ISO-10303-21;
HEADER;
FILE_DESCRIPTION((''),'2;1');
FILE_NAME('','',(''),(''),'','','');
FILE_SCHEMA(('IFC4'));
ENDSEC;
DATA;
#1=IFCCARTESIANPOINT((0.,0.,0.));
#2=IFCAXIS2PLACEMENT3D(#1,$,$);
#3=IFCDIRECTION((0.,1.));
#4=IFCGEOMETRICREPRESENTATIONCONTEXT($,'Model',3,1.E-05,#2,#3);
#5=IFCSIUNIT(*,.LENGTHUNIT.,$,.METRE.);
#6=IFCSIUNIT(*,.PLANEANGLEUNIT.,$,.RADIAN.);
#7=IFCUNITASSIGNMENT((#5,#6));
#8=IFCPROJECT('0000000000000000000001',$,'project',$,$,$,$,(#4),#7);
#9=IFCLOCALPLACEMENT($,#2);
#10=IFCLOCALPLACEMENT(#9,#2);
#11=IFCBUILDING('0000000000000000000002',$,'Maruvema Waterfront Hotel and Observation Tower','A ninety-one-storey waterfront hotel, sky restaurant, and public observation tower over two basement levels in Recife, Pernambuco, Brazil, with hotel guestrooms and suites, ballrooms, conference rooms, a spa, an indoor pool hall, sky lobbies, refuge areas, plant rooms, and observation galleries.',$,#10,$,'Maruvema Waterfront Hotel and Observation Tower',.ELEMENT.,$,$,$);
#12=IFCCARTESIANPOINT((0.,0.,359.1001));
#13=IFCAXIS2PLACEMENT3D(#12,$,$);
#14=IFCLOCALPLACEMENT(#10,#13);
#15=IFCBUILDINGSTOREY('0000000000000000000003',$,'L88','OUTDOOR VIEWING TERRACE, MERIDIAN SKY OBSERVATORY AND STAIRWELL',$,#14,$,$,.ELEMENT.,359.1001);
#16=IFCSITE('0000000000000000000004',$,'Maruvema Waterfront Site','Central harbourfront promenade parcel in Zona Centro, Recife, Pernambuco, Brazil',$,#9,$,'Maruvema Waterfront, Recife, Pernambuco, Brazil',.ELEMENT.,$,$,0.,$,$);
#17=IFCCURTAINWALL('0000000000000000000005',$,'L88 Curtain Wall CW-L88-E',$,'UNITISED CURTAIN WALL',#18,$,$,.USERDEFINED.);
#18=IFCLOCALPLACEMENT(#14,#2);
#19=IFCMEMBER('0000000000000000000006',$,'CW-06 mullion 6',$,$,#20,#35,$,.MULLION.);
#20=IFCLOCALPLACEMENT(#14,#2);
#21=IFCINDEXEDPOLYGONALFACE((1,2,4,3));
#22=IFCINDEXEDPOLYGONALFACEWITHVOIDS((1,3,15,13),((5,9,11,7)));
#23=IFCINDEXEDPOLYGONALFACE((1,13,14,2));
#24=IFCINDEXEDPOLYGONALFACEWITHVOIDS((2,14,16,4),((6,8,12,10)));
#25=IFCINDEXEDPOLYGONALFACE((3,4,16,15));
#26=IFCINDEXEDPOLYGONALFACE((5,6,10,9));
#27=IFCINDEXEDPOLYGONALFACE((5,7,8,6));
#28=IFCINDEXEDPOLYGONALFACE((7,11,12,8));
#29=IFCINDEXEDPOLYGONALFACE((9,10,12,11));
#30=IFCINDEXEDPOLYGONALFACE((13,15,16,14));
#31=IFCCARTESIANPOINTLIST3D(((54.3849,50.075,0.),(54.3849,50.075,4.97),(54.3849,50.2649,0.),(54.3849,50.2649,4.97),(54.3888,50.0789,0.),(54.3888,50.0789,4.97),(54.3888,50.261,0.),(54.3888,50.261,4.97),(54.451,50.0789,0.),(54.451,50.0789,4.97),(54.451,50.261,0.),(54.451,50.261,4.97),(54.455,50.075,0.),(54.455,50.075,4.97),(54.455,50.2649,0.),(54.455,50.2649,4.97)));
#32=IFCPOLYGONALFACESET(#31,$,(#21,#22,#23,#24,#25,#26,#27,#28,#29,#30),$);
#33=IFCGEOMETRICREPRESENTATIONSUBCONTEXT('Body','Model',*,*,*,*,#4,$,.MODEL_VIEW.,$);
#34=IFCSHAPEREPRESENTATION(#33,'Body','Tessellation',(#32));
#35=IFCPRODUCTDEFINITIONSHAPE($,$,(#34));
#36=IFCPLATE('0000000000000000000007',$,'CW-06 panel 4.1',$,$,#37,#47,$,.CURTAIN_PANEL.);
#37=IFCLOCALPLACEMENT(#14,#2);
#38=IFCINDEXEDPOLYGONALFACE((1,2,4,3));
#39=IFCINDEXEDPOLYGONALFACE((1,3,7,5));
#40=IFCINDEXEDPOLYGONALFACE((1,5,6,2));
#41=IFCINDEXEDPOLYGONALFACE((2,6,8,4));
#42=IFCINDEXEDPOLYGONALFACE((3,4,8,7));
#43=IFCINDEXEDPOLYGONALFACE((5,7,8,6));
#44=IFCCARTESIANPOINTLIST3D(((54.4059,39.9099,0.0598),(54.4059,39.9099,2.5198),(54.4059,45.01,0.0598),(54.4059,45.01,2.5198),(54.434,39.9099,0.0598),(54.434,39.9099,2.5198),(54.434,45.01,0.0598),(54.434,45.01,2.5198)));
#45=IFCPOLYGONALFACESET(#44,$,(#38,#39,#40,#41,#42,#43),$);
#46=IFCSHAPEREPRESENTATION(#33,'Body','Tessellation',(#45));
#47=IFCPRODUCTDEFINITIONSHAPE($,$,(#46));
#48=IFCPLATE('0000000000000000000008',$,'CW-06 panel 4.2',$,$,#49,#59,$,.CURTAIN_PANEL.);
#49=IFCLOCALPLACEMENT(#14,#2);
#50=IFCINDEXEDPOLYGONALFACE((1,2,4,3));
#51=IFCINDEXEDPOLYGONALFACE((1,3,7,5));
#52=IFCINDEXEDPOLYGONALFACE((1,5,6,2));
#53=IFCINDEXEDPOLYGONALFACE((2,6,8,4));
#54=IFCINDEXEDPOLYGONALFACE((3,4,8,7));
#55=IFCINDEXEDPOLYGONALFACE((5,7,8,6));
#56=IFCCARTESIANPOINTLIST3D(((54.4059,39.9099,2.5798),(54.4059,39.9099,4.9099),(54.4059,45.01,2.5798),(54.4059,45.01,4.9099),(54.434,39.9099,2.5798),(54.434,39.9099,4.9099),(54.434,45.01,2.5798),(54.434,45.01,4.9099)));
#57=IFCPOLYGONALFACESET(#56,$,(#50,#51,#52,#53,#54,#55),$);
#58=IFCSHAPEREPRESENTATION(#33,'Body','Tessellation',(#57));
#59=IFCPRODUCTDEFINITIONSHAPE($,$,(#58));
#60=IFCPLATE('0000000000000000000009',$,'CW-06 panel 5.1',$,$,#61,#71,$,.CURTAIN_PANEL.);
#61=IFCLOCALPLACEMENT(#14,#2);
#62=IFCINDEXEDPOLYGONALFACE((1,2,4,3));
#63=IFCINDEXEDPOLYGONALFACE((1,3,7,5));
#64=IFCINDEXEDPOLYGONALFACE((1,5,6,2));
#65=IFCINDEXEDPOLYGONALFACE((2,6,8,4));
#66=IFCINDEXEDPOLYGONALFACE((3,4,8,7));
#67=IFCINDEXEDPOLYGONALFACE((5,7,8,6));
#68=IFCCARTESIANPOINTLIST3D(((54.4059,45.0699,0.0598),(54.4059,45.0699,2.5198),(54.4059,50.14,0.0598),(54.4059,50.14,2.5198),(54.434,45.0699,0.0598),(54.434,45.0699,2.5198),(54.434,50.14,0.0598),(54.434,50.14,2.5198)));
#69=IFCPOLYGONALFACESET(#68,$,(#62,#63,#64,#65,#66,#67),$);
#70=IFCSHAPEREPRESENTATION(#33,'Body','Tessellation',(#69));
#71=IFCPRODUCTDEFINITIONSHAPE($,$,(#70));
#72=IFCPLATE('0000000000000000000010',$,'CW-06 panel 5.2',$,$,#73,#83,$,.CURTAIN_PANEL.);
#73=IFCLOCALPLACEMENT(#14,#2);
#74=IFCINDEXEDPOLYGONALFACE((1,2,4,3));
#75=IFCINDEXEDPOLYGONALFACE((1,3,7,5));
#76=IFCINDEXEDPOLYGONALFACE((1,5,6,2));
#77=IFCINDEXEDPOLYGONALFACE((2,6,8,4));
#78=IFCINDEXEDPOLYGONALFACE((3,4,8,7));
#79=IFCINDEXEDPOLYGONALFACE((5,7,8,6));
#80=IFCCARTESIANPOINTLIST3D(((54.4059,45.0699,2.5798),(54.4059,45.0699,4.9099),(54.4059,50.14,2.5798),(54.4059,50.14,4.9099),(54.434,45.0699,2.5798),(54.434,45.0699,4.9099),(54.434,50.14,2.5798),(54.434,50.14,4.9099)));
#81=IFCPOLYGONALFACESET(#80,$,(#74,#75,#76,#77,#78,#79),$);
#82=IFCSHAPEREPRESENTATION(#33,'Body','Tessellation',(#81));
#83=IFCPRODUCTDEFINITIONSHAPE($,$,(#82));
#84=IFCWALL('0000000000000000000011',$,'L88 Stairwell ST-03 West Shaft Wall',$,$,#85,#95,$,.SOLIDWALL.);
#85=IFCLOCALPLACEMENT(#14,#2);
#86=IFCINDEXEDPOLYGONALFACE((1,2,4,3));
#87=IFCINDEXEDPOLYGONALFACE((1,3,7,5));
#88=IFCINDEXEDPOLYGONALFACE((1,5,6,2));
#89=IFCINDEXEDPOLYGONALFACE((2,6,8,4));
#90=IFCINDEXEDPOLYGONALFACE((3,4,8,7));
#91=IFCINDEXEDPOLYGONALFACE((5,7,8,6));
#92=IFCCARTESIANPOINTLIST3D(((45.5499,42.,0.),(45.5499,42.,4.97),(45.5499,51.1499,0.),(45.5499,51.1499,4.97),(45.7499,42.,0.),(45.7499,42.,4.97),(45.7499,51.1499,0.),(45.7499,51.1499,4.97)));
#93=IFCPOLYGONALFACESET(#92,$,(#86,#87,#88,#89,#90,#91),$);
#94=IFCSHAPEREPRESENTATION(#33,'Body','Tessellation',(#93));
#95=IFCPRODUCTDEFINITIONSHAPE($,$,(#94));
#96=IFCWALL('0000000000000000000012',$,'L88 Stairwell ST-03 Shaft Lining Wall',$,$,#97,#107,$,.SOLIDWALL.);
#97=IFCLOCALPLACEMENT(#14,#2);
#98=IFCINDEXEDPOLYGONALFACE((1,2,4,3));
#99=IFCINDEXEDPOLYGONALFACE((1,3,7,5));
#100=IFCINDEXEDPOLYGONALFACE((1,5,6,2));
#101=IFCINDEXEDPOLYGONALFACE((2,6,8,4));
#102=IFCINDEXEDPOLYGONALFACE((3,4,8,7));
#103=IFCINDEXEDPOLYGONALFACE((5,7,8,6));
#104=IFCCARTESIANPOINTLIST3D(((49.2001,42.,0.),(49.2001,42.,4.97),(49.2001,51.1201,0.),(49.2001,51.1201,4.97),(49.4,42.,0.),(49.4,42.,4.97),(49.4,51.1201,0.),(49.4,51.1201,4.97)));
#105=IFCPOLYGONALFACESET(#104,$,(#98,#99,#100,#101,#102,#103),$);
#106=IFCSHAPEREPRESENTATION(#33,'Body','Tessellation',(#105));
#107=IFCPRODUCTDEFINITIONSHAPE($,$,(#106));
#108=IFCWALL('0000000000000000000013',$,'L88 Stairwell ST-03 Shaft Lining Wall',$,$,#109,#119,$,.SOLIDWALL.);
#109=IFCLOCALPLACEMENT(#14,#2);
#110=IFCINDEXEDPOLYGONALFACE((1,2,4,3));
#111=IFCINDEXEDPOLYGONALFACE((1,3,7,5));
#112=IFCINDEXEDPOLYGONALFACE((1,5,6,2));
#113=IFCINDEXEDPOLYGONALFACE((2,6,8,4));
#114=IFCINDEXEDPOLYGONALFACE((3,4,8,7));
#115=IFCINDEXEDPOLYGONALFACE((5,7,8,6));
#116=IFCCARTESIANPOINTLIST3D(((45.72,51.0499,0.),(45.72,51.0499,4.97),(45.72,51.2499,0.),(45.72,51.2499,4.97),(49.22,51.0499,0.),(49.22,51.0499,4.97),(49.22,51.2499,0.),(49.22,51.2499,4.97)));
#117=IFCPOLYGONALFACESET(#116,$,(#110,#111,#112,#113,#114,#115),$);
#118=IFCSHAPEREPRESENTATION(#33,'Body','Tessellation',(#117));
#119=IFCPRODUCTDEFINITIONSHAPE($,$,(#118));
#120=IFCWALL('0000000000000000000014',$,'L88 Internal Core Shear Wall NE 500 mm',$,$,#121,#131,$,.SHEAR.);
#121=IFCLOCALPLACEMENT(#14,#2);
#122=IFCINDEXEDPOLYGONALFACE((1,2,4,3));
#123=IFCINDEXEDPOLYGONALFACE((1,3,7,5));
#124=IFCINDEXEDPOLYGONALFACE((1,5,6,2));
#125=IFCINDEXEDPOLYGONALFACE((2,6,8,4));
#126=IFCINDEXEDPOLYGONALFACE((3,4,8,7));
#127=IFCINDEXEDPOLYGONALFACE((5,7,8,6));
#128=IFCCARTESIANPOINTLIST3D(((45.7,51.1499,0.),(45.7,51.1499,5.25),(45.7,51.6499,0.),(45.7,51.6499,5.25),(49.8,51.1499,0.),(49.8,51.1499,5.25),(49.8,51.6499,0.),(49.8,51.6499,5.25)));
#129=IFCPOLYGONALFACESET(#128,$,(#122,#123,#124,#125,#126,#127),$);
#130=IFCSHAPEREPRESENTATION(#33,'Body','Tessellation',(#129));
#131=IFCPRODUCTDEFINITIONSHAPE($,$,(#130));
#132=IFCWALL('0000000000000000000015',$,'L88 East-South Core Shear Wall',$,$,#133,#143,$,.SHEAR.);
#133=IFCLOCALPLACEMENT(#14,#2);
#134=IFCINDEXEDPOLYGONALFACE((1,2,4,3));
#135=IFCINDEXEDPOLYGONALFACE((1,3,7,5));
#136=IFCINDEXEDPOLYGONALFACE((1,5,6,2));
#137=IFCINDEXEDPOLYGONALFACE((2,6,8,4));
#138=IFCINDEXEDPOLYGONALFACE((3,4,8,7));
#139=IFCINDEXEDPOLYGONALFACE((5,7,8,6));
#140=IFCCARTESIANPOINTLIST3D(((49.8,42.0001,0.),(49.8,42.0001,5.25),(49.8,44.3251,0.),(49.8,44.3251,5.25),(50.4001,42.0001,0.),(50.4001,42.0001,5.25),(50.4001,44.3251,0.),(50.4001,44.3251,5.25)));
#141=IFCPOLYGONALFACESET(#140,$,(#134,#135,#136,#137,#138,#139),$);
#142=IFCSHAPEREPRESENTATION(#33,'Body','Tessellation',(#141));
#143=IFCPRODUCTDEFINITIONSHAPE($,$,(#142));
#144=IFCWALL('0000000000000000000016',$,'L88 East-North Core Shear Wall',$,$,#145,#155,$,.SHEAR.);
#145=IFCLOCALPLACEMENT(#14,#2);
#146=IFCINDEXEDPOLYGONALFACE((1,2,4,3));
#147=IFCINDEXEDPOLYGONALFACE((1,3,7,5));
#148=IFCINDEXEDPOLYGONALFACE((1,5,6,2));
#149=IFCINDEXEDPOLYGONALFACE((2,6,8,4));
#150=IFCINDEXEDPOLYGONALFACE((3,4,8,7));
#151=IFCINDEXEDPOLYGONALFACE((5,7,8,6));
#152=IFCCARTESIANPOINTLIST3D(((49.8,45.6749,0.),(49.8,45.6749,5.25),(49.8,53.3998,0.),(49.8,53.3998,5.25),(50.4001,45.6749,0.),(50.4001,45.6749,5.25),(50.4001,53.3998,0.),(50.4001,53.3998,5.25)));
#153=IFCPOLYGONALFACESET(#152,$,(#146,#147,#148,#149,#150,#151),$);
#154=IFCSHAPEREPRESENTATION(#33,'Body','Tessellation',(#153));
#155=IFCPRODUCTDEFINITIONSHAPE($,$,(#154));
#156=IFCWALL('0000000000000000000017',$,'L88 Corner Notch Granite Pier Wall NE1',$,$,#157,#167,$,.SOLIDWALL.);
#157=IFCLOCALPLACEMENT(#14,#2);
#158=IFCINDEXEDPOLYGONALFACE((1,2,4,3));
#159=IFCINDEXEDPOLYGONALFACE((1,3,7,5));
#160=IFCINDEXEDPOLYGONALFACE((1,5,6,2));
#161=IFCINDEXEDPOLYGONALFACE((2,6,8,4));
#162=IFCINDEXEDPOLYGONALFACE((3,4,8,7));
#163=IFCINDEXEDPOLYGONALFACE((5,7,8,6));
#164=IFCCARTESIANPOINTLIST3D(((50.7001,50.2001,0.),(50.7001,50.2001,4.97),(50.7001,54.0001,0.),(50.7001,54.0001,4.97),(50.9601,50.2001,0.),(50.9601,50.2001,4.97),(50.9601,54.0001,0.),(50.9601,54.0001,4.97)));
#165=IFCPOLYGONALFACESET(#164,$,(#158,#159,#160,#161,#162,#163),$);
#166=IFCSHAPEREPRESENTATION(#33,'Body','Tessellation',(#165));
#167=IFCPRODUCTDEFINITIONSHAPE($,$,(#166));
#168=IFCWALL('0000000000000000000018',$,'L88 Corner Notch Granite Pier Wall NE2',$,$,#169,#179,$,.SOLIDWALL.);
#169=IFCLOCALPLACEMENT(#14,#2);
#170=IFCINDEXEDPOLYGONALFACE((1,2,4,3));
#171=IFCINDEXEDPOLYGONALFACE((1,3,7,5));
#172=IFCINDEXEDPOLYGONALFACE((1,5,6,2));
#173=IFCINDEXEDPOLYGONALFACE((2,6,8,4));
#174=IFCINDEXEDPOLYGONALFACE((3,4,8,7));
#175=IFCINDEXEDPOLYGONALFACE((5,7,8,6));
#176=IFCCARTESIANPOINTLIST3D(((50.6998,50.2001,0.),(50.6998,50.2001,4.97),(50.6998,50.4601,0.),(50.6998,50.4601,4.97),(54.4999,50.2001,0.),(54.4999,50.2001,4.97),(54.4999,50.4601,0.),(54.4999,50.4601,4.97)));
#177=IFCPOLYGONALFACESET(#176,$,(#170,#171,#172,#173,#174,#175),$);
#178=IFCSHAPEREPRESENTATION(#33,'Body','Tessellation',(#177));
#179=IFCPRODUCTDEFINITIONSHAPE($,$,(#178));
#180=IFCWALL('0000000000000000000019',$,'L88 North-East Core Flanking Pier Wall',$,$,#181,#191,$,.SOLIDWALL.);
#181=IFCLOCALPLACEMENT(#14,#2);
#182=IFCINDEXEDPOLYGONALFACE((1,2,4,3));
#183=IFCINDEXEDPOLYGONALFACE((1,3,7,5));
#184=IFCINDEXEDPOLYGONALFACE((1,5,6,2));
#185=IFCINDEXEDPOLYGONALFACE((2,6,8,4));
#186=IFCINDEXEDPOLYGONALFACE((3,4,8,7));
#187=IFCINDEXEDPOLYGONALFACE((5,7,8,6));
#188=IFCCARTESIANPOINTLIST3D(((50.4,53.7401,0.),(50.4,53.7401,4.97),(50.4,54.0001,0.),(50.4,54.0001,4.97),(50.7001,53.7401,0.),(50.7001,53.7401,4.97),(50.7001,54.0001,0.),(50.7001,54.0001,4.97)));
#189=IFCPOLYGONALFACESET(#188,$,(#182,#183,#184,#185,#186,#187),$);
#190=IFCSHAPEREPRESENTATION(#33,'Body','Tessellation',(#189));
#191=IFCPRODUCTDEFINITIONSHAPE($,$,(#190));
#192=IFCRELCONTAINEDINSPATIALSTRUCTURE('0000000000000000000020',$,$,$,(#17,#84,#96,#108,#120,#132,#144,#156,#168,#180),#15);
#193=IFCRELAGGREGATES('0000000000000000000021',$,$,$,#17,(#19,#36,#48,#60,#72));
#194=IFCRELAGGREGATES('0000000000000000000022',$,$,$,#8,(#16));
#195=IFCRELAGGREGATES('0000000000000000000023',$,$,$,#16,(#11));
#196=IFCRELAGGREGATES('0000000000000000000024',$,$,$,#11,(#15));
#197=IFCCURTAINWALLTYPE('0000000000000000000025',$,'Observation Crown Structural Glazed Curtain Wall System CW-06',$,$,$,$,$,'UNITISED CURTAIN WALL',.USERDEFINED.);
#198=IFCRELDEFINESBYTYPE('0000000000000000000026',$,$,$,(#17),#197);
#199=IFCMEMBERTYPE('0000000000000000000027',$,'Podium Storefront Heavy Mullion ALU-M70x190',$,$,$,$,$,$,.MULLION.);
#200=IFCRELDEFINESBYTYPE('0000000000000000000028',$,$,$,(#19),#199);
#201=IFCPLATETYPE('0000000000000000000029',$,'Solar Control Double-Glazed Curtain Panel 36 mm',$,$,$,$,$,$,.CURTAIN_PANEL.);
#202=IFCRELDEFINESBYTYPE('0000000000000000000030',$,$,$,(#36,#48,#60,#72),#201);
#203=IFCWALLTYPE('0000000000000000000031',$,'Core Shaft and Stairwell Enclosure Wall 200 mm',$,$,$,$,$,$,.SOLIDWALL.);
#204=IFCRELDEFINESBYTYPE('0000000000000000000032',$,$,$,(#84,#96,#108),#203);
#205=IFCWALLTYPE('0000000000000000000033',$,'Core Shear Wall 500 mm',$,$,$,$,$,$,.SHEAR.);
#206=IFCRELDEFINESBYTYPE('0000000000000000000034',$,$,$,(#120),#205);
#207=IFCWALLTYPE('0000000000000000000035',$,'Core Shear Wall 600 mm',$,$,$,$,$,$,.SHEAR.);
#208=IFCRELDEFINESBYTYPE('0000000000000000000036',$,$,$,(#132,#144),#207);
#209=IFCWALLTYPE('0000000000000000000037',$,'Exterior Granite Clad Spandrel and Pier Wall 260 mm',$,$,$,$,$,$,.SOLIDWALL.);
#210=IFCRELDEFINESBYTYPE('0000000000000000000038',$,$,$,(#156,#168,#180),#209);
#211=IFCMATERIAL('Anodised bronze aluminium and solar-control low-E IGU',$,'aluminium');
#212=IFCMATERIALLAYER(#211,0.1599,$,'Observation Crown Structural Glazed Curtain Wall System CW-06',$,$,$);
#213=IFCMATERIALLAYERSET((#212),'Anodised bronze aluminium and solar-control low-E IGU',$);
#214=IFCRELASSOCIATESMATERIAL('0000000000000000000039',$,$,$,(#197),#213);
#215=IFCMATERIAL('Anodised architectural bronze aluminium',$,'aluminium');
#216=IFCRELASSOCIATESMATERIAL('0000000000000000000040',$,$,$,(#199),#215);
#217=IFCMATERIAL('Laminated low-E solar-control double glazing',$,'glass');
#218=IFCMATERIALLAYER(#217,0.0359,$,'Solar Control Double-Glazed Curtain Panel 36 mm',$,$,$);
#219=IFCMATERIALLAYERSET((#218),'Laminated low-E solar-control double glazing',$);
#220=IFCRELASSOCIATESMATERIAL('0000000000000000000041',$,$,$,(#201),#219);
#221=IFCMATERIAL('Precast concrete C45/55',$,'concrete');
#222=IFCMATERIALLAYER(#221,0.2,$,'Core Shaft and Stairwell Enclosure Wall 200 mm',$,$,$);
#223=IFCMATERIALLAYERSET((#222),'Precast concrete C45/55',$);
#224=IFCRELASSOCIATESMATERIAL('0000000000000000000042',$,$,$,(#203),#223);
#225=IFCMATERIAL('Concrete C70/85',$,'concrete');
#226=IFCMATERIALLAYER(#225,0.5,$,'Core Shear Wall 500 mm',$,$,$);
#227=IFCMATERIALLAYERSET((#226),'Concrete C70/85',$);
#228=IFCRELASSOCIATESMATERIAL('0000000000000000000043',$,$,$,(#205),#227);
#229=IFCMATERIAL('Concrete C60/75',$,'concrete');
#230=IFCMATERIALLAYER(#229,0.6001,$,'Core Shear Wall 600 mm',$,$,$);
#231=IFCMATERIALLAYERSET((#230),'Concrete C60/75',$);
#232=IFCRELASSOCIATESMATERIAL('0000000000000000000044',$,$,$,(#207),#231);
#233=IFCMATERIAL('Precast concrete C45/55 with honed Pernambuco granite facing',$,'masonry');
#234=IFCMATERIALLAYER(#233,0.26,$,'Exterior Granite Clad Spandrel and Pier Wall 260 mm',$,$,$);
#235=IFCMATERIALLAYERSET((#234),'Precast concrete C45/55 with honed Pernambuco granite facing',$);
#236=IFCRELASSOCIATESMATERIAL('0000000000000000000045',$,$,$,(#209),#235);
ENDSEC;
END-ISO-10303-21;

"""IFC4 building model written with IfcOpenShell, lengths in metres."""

from ifc_helpers import new_model, si_unit, direction, frame, frame_2d, origin, origin_2d, place, context, subcontext, project, spatial, rectangle, hollow_rectangle, extrude, material, layer, layer_set, material_profile, profile_set, type_object, element, aggregate, save


model = new_model("IFC4")

# Units and contexts
model_context = context("Model", 3, precision=1e-05, world=origin(), true_north=direction((0.0, 1.0)))
body_context = subcontext(model_context, "Body", "Model", "MODEL_VIEW")
ifc_project = project(units=[si_unit("LENGTHUNIT", "METRE"), si_unit("PLANEANGLEUNIT", "RADIAN")], contexts=[model_context])

# Site, building, storey
site_placement = place(None, origin())
site = spatial("IfcSite", under=ifc_project, at=site_placement, Name="Maruvema Waterfront Site", Description="Central harbourfront promenade parcel in Zona Centro, Recife, Pernambuco, Brazil", LongName="Maruvema Waterfront, Recife, Pernambuco, Brazil", CompositionType="ELEMENT", RefElevation=0.0)
building_placement = place(site_placement, origin())
building = spatial("IfcBuilding", under=site, at=building_placement, Name="Maruvema Waterfront Hotel and Observation Tower", Description="A ninety-one-storey waterfront hotel, sky restaurant, and public observation tower over two basement levels in Recife, Pernambuco, Brazil, with hotel guestrooms and suites, ballrooms, conference rooms, a spa, an indoor pool hall, sky lobbies, refuge areas, plant rooms, and observation galleries.", LongName="Maruvema Waterfront Hotel and Observation Tower", CompositionType="ELEMENT")
storey_placement = place(building_placement, frame((0.0, 0.0, 359.1001)))
storey = spatial("IfcBuildingStorey", under=building, at=storey_placement, Name="L88", Description="OUTDOOR VIEWING TERRACE, MERIDIAN SKY OBSERVATORY AND STAIRWELL", CompositionType="ELEMENT", Elevation=359.1001)

# Curtain wall, member, plates
ifc_material_1 = material(Name="Anodised bronze aluminium and solar-control low-E IGU", Category="aluminium")
ifc_layer_1 = layer(ifc_material_1, 0.1599, Name="Observation Crown Structural Glazed Curtain Wall System CW-06")
ifc_layer_set_1 = layer_set([ifc_layer_1], Name="Anodised bronze aluminium and solar-control low-E IGU")
curtain_wall_type = type_object("IfcCurtainWallType", Name="Observation Crown Structural Glazed Curtain Wall System CW-06", ElementType="UNITISED CURTAIN WALL", PredefinedType="USERDEFINED", material=ifc_layer_set_1)
curtain_wall_placement = place(storey_placement, origin())
curtain_wall = element("IfcCurtainWall", 1, at=curtain_wall_placement, inside=storey, type_object=curtain_wall_type, Name="L88 Curtain Wall CW-L88-E", ObjectType="UNITISED CURTAIN WALL", PredefinedType="USERDEFINED")
ifc_material_2 = material(Name="Anodised architectural bronze aluminium", Category="aluminium")
ifc_material_profile_1 = material_profile(ifc_material_2, hollow_rectangle(XDim=0.0701, YDim=0.1899, WallThickness=0.0039, at=origin_2d()), Name="ALU-M70x190")
ifc_profile_set_1 = profile_set([ifc_material_profile_1], Name="Anodised architectural bronze aluminium")
member_type_1 = type_object("IfcMemberType", Name="Podium Storefront Heavy Mullion ALU-M70x190", PredefinedType="MULLION", material=ifc_profile_set_1)
member_1_placement = place(storey_placement, frame((54.4199, 50.1699, 0.0), z_axis=(0.0, 0.0, 1.0), x_axis=(-1.0, 0.0, 0.0)))
member_1 = element("IfcMember", 2, at=member_1_placement, type_object=member_type_1, Name="CW-06 mullion 6", PredefinedType="MULLION", context=body_context, shape_type="SweptSolid", body=[
    extrude(hollow_rectangle(XDim=0.0701, YDim=0.1899, WallThickness=0.0039, at=origin_2d()), origin(), (0.0, 0.0, 1.0), 4.97),
])
ifc_material_3 = material(Name="Laminated low-E solar-control double glazing", Category="glass")
ifc_layer_2 = layer(ifc_material_3, 0.0359, Name="Solar Control Double-Glazed Curtain Panel 36 mm")
ifc_layer_set_2 = layer_set([ifc_layer_2], Name="Laminated low-E solar-control double glazing")
plate_type = type_object("IfcPlateType", Name="Solar Control Double-Glazed Curtain Panel 36 mm", PredefinedType="CURTAIN_PANEL", material=ifc_layer_set_2)
plate_1_placement = place(storey_placement, frame((54.4199, 42.46, 0.0598), z_axis=(0.0, 0.0, 1.0), x_axis=(0.0, 1.0, 0.0)))
plate_1 = element("IfcPlate", 3, at=plate_1_placement, type_object=plate_type, Name="CW-06 panel 4.1", PredefinedType="CURTAIN_PANEL", context=body_context, shape_type="SweptSolid", body=[
    extrude(rectangle(XDim=5.1001, YDim=0.0281, at=origin_2d()), origin(), (0.0, 0.0, 1.0), 2.46),
])
plate_2_placement = place(storey_placement, frame((54.4199, 42.46, 2.5798), z_axis=(0.0, 0.0, 1.0), x_axis=(0.0, 1.0, 0.0)))
plate_2 = element("IfcPlate", 4, at=plate_2_placement, type_object=plate_type, Name="CW-06 panel 4.2", PredefinedType="CURTAIN_PANEL", context=body_context, shape_type="SweptSolid", body=[
    extrude(rectangle(XDim=5.1001, YDim=0.0281, at=origin_2d()), origin(), (0.0, 0.0, 1.0), 2.3301),
])
plate_3_placement = place(storey_placement, frame((54.4199, 47.605, 0.0598), z_axis=(0.0, 0.0, 1.0), x_axis=(0.0, 1.0, 0.0)))
plate_3 = element("IfcPlate", 5, at=plate_3_placement, type_object=plate_type, Name="CW-06 panel 5.1", PredefinedType="CURTAIN_PANEL", context=body_context, shape_type="SweptSolid", body=[
    extrude(rectangle(XDim=5.0701, YDim=0.0281, at=origin_2d()), origin(), (0.0, 0.0, 1.0), 2.46),
])
plate_4_placement = place(storey_placement, frame((54.4199, 47.605, 2.5798), z_axis=(0.0, 0.0, 1.0), x_axis=(0.0, 1.0, 0.0)))
plate_4 = element("IfcPlate", 6, at=plate_4_placement, type_object=plate_type, Name="CW-06 panel 5.2", PredefinedType="CURTAIN_PANEL", context=body_context, shape_type="SweptSolid", body=[
    extrude(rectangle(XDim=5.0701, YDim=0.0281, at=origin_2d()), origin(), (0.0, 0.0, 1.0), 2.3301),
])
aggregate(curtain_wall, [member_1, plate_1, plate_2, plate_3, plate_4])

# Walls
ifc_material_4 = material(Name="Precast concrete C45/55", Category="concrete")
ifc_layer_3 = layer(ifc_material_4, 0.2, Name="Core Shaft and Stairwell Enclosure Wall 200 mm")
ifc_layer_set_3 = layer_set([ifc_layer_3], Name="Precast concrete C45/55")
wall_type_1 = type_object("IfcWallType", Name="Core Shaft and Stairwell Enclosure Wall 200 mm", PredefinedType="SOLIDWALL", material=ifc_layer_set_3)
wall_1_placement = place(storey_placement, frame((45.6499, 42.0, 0.0), z_axis=(0.0, 0.0, 1.0), x_axis=(0.0, 1.0, 0.0)))
element("IfcWall", 7, at=wall_1_placement, inside=storey, type_object=wall_type_1, Name="L88 Stairwell ST-03 West Shaft Wall", PredefinedType="SOLIDWALL", context=body_context, shape_type="SweptSolid", body=[
    extrude(rectangle(XDim=9.1499, YDim=0.2, at=frame_2d((4.575, 0.0))), origin(), (0.0, 0.0, 1.0), 4.97),
])
wall_2_placement = place(storey_placement, frame((49.3, 42.0, 0.0), z_axis=(0.0, 0.0, 1.0), x_axis=(0.0, 1.0, 0.0)))
element("IfcWall", 8, at=wall_2_placement, inside=storey, type_object=wall_type_1, Name="L88 Stairwell ST-03 Shaft Lining Wall", PredefinedType="SOLIDWALL", context=body_context, shape_type="SweptSolid", body=[
    extrude(rectangle(XDim=9.1201, YDim=0.2, at=frame_2d((4.5601, 0.0))), origin(), (0.0, 0.0, 1.0), 4.97),
])
wall_3_placement = place(storey_placement, frame((45.72, 51.1499, 0.0), z_axis=(0.0, 0.0, 1.0), x_axis=(1.0, 0.0, 0.0)))
element("IfcWall", 9, at=wall_3_placement, inside=storey, type_object=wall_type_1, Name="L88 Stairwell ST-03 Shaft Lining Wall", PredefinedType="SOLIDWALL", context=body_context, shape_type="SweptSolid", body=[
    extrude(rectangle(XDim=3.5, YDim=0.2, at=frame_2d((1.75, 0.0))), origin(), (0.0, 0.0, 1.0), 4.97),
])
ifc_material_5 = material(Name="Concrete C70/85", Category="concrete")
ifc_layer_4 = layer(ifc_material_5, 0.5, Name="Core Shear Wall 500 mm")
ifc_layer_set_4 = layer_set([ifc_layer_4], Name="Concrete C70/85")
wall_type_2 = type_object("IfcWallType", Name="Core Shear Wall 500 mm", PredefinedType="SHEAR", material=ifc_layer_set_4)
wall_4_placement = place(storey_placement, frame((45.7, 51.3999, 0.0), z_axis=(0.0, 0.0, 1.0), x_axis=(1.0, 0.0, 0.0)))
element("IfcWall", 10, at=wall_4_placement, inside=storey, type_object=wall_type_2, Name="L88 Internal Core Shear Wall NE 500 mm", PredefinedType="SHEAR", context=body_context, shape_type="SweptSolid", body=[
    extrude(rectangle(XDim=4.1001, YDim=0.5, at=frame_2d((2.05, 0.0))), origin(), (0.0, 0.0, 1.0), 5.25),
])
ifc_material_6 = material(Name="Concrete C60/75", Category="concrete")
ifc_layer_5 = layer(ifc_material_6, 0.6001, Name="Core Shear Wall 600 mm")
ifc_layer_set_5 = layer_set([ifc_layer_5], Name="Concrete C60/75")
wall_type_3 = type_object("IfcWallType", Name="Core Shear Wall 600 mm", PredefinedType="SHEAR", material=ifc_layer_set_5)
wall_5_placement = place(storey_placement, frame((50.1001, 42.0, 0.0), z_axis=(0.0, 0.0, 1.0), x_axis=(0.0, 1.0, 0.0)))
element("IfcWall", 11, at=wall_5_placement, inside=storey, type_object=wall_type_3, Name="L88 East-South Core Shear Wall", PredefinedType="SHEAR", context=body_context, shape_type="SweptSolid", body=[
    extrude(rectangle(XDim=2.325, YDim=0.6001, at=frame_2d((1.1626, 0.0))), origin(), (0.0, 0.0, 1.0), 5.25),
])
wall_6_placement = place(storey_placement, frame((50.1001, 45.675, 0.0), z_axis=(0.0, 0.0, 1.0), x_axis=(0.0, 1.0, 0.0)))
element("IfcWall", 12, at=wall_6_placement, inside=storey, type_object=wall_type_3, Name="L88 East-North Core Shear Wall", PredefinedType="SHEAR", context=body_context, shape_type="SweptSolid", body=[
    extrude(rectangle(XDim=7.7249, YDim=0.6001, at=frame_2d((3.8623, 0.0))), origin(), (0.0, 0.0, 1.0), 5.25),
])
ifc_material_7 = material(Name="Precast concrete C45/55 with honed Pernambuco granite facing", Category="masonry")
ifc_layer_6 = layer(ifc_material_7, 0.26, Name="Exterior Granite Clad Spandrel and Pier Wall 260 mm")
ifc_layer_set_6 = layer_set([ifc_layer_6], Name="Precast concrete C45/55 with honed Pernambuco granite facing")
wall_type_4 = type_object("IfcWallType", Name="Exterior Granite Clad Spandrel and Pier Wall 260 mm", PredefinedType="SOLIDWALL", material=ifc_layer_set_6)
for number, where, z_axis, x_axis, name in (
    (13, (50.8301, 54.0, 0.0), (0.0, 0.0, 1.0), (0.0, -1.0, 0.0), "L88 Corner Notch Granite Pier Wall NE1"),
    (14, (50.7, 50.3301, 0.0), (0.0, 0.0, 1.0), (1.0, 0.0, 0.0), "L88 Corner Notch Granite Pier Wall NE2"),
):
    element("IfcWall", number, at=place(storey_placement, frame(where, z_axis=z_axis, x_axis=x_axis)), inside=storey, type_object=wall_type_4, Name=name, PredefinedType="SOLIDWALL", context=body_context, shape_type="SweptSolid", body=[
        extrude(rectangle(XDim=3.8, YDim=0.26, at=frame_2d((1.8999, 0.0))), origin(), (0.0, 0.0, 1.0), 4.97),
    ])
wall_7_placement = place(storey_placement, frame((50.7, 53.8701, 0.0), z_axis=(0.0, 0.0, 1.0), x_axis=(-1.0, 0.0, 0.0)))
element("IfcWall", 15, at=wall_7_placement, inside=storey, type_object=wall_type_4, Name="L88 North-East Core Flanking Pier Wall", PredefinedType="SOLIDWALL", context=body_context, shape_type="SweptSolid", body=[
    extrude(rectangle(XDim=0.3, YDim=0.26, at=frame_2d((0.1499, 0.0))), origin(), (0.0, 0.0, 1.0), 4.97),
])

save(model, "model.ifc")
